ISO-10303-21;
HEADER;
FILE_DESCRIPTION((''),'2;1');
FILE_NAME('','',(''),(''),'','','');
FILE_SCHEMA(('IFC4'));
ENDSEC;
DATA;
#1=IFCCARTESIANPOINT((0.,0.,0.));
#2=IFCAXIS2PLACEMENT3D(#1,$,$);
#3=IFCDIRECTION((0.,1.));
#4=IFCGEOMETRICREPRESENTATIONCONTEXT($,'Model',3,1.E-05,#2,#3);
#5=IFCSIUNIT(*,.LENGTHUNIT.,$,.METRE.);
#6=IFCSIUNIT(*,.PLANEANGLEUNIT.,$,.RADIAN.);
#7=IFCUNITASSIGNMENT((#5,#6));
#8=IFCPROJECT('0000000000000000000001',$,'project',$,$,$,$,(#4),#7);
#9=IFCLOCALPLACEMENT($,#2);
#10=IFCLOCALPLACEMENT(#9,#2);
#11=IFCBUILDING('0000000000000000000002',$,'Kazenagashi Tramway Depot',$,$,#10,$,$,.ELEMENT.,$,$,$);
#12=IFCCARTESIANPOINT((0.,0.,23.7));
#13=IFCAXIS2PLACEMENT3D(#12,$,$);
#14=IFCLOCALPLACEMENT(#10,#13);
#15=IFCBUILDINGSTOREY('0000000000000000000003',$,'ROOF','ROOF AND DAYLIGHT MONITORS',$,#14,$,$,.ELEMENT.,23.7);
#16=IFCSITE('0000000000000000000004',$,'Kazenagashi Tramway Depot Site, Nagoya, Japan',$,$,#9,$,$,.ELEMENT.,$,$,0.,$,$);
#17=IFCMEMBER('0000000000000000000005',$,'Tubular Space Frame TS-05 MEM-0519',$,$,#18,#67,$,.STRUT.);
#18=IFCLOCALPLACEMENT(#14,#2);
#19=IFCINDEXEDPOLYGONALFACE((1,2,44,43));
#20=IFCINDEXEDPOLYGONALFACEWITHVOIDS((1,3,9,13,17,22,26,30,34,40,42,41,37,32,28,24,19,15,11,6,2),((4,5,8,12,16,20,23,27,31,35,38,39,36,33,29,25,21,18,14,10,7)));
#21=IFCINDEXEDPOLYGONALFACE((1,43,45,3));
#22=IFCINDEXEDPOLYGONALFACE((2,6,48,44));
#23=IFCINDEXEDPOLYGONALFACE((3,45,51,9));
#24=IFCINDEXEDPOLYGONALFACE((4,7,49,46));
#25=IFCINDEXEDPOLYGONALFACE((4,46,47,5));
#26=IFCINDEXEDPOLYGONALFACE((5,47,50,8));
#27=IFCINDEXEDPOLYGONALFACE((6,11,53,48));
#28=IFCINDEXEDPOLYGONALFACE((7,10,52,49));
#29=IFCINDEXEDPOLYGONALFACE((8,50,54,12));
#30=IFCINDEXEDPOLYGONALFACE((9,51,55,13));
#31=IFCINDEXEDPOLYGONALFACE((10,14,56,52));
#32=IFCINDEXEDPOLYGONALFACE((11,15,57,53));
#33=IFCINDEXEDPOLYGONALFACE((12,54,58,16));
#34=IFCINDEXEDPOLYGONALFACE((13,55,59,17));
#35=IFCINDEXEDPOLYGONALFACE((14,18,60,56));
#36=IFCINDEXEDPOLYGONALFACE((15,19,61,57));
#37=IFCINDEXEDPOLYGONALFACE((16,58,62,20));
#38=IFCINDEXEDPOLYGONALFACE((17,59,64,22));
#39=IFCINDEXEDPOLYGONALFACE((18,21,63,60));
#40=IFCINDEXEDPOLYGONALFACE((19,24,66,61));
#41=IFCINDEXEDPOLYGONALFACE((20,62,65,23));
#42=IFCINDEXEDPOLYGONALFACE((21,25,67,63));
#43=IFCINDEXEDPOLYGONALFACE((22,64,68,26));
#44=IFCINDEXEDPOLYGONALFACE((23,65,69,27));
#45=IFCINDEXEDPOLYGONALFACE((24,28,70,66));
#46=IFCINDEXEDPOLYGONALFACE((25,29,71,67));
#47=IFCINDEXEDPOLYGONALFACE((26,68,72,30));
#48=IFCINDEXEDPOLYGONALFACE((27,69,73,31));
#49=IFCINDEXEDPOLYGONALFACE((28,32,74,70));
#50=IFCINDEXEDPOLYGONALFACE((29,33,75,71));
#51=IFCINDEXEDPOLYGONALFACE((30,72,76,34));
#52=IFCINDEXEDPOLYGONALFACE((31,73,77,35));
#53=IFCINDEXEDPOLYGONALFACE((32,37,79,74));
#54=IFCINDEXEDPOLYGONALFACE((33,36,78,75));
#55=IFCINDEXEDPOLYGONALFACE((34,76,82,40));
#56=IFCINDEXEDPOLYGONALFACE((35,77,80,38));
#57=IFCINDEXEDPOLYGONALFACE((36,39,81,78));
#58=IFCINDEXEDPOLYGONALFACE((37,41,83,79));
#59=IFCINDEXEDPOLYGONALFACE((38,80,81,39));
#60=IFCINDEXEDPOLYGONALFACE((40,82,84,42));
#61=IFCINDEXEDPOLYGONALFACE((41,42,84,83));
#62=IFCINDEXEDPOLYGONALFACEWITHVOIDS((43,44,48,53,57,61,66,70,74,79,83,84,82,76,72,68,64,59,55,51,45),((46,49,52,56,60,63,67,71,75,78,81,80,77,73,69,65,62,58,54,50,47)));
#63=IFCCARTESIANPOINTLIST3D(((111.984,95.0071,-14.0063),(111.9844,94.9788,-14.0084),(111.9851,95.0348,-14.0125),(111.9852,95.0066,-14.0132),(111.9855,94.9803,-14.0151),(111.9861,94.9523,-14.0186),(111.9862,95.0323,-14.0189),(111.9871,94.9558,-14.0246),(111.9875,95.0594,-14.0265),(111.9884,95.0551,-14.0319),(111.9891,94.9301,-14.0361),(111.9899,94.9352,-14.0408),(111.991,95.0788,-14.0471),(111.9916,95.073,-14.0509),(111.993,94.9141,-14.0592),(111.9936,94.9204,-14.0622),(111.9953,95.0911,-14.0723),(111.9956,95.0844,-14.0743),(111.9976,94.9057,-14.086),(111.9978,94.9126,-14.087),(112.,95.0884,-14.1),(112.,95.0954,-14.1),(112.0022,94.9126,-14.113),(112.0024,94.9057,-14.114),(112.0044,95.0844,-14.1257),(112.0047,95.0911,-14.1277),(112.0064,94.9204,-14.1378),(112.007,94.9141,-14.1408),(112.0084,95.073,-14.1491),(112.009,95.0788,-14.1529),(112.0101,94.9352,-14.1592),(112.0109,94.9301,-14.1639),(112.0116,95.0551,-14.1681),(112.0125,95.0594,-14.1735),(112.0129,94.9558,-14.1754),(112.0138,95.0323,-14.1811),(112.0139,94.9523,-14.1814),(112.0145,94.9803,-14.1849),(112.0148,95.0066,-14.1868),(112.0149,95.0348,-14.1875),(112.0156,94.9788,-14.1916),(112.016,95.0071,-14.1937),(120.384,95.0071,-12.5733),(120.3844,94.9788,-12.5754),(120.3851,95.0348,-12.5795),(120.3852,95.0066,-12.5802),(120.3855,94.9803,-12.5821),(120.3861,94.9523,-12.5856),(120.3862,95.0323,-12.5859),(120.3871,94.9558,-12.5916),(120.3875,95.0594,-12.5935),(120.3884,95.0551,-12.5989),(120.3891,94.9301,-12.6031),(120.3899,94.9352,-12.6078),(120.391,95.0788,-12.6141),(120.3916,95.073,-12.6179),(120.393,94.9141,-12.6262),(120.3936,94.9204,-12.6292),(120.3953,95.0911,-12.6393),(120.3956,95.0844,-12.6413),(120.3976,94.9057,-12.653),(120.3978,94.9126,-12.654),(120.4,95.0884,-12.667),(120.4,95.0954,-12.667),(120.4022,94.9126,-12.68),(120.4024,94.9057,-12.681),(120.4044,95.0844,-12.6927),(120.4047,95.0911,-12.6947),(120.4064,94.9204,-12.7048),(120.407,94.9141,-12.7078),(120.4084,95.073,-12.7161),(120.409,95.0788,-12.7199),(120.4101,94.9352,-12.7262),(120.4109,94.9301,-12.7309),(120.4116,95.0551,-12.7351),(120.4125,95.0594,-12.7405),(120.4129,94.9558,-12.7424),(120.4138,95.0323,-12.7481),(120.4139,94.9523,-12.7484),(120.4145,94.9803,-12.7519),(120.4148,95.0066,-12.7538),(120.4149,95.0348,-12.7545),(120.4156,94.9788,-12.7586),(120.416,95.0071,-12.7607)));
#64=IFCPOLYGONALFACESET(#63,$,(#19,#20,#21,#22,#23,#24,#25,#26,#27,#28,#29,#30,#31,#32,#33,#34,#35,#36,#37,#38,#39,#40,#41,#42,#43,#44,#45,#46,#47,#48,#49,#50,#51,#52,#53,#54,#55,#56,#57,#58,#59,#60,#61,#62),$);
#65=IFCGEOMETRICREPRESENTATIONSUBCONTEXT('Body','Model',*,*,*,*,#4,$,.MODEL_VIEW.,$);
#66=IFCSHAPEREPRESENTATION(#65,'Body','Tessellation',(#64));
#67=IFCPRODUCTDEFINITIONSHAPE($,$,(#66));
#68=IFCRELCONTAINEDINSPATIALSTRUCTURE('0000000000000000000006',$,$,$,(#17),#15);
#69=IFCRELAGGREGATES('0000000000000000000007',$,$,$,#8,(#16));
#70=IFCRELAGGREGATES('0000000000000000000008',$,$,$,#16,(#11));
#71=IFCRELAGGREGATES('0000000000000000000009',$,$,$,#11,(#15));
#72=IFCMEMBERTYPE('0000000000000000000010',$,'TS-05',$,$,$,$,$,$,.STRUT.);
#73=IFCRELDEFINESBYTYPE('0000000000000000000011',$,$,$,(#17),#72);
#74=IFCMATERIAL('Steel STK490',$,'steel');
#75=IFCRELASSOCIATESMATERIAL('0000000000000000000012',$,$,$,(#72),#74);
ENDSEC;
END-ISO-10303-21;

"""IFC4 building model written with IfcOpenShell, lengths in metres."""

from ifc_helpers import new_model, si_unit, direction, frame, origin, origin_2d, place, context, subcontext, project, spatial, hollow_circle, extrude, material, material_profile, profile_set, type_object, element, save


model = new_model("IFC4")

# Units and contexts
model_context = context("Model", 3, precision=1e-05, world=origin(), true_north=direction((0.0, 1.0)))
body_context = subcontext(model_context, "Body", "Model", "MODEL_VIEW")
ifc_project = project(units=[si_unit("LENGTHUNIT", "METRE"), si_unit("PLANEANGLEUNIT", "RADIAN")], contexts=[model_context])

# Site, building, storey
site_placement = place(None, origin())
site = spatial("IfcSite", under=ifc_project, at=site_placement, Name="Kazenagashi Tramway Depot Site, Nagoya, Japan", CompositionType="ELEMENT", RefElevation=0.0)
building_placement = place(site_placement, origin())
building = spatial("IfcBuilding", under=site, at=building_placement, Name="Kazenagashi Tramway Depot", CompositionType="ELEMENT")
storey_placement = place(building_placement, frame((0.0, 0.0, 23.7)))
storey = spatial("IfcBuildingStorey", under=building, at=storey_placement, Name="ROOF", Description="ROOF AND DAYLIGHT MONITORS", CompositionType="ELEMENT", Elevation=23.7)

# Member
ifc_material_1 = material(Name="Steel STK490", Category="steel")
ifc_material_profile_1 = material_profile(ifc_material_1, hollow_circle(Radius=0.0954, WallThickness=0.007, at=origin_2d()), Name="CHS-190.7x7.0")
ifc_profile_set_1 = profile_set([ifc_material_profile_1], Name="Steel STK490")
member_type_1 = type_object("IfcMemberType", Name="TS-05", PredefinedType="STRUT", material=ifc_profile_set_1)
member_1_placement = place(storey_placement, frame((112.0, 95.0, -14.1), z_axis=(0.985759, 0.0, 0.168166), x_axis=(0.0, 1.0, 0.0)))
element("IfcMember", 1, at=member_1_placement, inside=storey, type_object=member_type_1, Name="Tubular Space Frame TS-05 MEM-0519", PredefinedType="STRUT", context=body_context, shape_type="SweptSolid", body=[
    extrude(hollow_circle(Radius=0.0954, WallThickness=0.007, at=origin_2d()), origin(), (0.0, 0.0, 1.0), 8.5214),
])

save(model, "model.ifc")
